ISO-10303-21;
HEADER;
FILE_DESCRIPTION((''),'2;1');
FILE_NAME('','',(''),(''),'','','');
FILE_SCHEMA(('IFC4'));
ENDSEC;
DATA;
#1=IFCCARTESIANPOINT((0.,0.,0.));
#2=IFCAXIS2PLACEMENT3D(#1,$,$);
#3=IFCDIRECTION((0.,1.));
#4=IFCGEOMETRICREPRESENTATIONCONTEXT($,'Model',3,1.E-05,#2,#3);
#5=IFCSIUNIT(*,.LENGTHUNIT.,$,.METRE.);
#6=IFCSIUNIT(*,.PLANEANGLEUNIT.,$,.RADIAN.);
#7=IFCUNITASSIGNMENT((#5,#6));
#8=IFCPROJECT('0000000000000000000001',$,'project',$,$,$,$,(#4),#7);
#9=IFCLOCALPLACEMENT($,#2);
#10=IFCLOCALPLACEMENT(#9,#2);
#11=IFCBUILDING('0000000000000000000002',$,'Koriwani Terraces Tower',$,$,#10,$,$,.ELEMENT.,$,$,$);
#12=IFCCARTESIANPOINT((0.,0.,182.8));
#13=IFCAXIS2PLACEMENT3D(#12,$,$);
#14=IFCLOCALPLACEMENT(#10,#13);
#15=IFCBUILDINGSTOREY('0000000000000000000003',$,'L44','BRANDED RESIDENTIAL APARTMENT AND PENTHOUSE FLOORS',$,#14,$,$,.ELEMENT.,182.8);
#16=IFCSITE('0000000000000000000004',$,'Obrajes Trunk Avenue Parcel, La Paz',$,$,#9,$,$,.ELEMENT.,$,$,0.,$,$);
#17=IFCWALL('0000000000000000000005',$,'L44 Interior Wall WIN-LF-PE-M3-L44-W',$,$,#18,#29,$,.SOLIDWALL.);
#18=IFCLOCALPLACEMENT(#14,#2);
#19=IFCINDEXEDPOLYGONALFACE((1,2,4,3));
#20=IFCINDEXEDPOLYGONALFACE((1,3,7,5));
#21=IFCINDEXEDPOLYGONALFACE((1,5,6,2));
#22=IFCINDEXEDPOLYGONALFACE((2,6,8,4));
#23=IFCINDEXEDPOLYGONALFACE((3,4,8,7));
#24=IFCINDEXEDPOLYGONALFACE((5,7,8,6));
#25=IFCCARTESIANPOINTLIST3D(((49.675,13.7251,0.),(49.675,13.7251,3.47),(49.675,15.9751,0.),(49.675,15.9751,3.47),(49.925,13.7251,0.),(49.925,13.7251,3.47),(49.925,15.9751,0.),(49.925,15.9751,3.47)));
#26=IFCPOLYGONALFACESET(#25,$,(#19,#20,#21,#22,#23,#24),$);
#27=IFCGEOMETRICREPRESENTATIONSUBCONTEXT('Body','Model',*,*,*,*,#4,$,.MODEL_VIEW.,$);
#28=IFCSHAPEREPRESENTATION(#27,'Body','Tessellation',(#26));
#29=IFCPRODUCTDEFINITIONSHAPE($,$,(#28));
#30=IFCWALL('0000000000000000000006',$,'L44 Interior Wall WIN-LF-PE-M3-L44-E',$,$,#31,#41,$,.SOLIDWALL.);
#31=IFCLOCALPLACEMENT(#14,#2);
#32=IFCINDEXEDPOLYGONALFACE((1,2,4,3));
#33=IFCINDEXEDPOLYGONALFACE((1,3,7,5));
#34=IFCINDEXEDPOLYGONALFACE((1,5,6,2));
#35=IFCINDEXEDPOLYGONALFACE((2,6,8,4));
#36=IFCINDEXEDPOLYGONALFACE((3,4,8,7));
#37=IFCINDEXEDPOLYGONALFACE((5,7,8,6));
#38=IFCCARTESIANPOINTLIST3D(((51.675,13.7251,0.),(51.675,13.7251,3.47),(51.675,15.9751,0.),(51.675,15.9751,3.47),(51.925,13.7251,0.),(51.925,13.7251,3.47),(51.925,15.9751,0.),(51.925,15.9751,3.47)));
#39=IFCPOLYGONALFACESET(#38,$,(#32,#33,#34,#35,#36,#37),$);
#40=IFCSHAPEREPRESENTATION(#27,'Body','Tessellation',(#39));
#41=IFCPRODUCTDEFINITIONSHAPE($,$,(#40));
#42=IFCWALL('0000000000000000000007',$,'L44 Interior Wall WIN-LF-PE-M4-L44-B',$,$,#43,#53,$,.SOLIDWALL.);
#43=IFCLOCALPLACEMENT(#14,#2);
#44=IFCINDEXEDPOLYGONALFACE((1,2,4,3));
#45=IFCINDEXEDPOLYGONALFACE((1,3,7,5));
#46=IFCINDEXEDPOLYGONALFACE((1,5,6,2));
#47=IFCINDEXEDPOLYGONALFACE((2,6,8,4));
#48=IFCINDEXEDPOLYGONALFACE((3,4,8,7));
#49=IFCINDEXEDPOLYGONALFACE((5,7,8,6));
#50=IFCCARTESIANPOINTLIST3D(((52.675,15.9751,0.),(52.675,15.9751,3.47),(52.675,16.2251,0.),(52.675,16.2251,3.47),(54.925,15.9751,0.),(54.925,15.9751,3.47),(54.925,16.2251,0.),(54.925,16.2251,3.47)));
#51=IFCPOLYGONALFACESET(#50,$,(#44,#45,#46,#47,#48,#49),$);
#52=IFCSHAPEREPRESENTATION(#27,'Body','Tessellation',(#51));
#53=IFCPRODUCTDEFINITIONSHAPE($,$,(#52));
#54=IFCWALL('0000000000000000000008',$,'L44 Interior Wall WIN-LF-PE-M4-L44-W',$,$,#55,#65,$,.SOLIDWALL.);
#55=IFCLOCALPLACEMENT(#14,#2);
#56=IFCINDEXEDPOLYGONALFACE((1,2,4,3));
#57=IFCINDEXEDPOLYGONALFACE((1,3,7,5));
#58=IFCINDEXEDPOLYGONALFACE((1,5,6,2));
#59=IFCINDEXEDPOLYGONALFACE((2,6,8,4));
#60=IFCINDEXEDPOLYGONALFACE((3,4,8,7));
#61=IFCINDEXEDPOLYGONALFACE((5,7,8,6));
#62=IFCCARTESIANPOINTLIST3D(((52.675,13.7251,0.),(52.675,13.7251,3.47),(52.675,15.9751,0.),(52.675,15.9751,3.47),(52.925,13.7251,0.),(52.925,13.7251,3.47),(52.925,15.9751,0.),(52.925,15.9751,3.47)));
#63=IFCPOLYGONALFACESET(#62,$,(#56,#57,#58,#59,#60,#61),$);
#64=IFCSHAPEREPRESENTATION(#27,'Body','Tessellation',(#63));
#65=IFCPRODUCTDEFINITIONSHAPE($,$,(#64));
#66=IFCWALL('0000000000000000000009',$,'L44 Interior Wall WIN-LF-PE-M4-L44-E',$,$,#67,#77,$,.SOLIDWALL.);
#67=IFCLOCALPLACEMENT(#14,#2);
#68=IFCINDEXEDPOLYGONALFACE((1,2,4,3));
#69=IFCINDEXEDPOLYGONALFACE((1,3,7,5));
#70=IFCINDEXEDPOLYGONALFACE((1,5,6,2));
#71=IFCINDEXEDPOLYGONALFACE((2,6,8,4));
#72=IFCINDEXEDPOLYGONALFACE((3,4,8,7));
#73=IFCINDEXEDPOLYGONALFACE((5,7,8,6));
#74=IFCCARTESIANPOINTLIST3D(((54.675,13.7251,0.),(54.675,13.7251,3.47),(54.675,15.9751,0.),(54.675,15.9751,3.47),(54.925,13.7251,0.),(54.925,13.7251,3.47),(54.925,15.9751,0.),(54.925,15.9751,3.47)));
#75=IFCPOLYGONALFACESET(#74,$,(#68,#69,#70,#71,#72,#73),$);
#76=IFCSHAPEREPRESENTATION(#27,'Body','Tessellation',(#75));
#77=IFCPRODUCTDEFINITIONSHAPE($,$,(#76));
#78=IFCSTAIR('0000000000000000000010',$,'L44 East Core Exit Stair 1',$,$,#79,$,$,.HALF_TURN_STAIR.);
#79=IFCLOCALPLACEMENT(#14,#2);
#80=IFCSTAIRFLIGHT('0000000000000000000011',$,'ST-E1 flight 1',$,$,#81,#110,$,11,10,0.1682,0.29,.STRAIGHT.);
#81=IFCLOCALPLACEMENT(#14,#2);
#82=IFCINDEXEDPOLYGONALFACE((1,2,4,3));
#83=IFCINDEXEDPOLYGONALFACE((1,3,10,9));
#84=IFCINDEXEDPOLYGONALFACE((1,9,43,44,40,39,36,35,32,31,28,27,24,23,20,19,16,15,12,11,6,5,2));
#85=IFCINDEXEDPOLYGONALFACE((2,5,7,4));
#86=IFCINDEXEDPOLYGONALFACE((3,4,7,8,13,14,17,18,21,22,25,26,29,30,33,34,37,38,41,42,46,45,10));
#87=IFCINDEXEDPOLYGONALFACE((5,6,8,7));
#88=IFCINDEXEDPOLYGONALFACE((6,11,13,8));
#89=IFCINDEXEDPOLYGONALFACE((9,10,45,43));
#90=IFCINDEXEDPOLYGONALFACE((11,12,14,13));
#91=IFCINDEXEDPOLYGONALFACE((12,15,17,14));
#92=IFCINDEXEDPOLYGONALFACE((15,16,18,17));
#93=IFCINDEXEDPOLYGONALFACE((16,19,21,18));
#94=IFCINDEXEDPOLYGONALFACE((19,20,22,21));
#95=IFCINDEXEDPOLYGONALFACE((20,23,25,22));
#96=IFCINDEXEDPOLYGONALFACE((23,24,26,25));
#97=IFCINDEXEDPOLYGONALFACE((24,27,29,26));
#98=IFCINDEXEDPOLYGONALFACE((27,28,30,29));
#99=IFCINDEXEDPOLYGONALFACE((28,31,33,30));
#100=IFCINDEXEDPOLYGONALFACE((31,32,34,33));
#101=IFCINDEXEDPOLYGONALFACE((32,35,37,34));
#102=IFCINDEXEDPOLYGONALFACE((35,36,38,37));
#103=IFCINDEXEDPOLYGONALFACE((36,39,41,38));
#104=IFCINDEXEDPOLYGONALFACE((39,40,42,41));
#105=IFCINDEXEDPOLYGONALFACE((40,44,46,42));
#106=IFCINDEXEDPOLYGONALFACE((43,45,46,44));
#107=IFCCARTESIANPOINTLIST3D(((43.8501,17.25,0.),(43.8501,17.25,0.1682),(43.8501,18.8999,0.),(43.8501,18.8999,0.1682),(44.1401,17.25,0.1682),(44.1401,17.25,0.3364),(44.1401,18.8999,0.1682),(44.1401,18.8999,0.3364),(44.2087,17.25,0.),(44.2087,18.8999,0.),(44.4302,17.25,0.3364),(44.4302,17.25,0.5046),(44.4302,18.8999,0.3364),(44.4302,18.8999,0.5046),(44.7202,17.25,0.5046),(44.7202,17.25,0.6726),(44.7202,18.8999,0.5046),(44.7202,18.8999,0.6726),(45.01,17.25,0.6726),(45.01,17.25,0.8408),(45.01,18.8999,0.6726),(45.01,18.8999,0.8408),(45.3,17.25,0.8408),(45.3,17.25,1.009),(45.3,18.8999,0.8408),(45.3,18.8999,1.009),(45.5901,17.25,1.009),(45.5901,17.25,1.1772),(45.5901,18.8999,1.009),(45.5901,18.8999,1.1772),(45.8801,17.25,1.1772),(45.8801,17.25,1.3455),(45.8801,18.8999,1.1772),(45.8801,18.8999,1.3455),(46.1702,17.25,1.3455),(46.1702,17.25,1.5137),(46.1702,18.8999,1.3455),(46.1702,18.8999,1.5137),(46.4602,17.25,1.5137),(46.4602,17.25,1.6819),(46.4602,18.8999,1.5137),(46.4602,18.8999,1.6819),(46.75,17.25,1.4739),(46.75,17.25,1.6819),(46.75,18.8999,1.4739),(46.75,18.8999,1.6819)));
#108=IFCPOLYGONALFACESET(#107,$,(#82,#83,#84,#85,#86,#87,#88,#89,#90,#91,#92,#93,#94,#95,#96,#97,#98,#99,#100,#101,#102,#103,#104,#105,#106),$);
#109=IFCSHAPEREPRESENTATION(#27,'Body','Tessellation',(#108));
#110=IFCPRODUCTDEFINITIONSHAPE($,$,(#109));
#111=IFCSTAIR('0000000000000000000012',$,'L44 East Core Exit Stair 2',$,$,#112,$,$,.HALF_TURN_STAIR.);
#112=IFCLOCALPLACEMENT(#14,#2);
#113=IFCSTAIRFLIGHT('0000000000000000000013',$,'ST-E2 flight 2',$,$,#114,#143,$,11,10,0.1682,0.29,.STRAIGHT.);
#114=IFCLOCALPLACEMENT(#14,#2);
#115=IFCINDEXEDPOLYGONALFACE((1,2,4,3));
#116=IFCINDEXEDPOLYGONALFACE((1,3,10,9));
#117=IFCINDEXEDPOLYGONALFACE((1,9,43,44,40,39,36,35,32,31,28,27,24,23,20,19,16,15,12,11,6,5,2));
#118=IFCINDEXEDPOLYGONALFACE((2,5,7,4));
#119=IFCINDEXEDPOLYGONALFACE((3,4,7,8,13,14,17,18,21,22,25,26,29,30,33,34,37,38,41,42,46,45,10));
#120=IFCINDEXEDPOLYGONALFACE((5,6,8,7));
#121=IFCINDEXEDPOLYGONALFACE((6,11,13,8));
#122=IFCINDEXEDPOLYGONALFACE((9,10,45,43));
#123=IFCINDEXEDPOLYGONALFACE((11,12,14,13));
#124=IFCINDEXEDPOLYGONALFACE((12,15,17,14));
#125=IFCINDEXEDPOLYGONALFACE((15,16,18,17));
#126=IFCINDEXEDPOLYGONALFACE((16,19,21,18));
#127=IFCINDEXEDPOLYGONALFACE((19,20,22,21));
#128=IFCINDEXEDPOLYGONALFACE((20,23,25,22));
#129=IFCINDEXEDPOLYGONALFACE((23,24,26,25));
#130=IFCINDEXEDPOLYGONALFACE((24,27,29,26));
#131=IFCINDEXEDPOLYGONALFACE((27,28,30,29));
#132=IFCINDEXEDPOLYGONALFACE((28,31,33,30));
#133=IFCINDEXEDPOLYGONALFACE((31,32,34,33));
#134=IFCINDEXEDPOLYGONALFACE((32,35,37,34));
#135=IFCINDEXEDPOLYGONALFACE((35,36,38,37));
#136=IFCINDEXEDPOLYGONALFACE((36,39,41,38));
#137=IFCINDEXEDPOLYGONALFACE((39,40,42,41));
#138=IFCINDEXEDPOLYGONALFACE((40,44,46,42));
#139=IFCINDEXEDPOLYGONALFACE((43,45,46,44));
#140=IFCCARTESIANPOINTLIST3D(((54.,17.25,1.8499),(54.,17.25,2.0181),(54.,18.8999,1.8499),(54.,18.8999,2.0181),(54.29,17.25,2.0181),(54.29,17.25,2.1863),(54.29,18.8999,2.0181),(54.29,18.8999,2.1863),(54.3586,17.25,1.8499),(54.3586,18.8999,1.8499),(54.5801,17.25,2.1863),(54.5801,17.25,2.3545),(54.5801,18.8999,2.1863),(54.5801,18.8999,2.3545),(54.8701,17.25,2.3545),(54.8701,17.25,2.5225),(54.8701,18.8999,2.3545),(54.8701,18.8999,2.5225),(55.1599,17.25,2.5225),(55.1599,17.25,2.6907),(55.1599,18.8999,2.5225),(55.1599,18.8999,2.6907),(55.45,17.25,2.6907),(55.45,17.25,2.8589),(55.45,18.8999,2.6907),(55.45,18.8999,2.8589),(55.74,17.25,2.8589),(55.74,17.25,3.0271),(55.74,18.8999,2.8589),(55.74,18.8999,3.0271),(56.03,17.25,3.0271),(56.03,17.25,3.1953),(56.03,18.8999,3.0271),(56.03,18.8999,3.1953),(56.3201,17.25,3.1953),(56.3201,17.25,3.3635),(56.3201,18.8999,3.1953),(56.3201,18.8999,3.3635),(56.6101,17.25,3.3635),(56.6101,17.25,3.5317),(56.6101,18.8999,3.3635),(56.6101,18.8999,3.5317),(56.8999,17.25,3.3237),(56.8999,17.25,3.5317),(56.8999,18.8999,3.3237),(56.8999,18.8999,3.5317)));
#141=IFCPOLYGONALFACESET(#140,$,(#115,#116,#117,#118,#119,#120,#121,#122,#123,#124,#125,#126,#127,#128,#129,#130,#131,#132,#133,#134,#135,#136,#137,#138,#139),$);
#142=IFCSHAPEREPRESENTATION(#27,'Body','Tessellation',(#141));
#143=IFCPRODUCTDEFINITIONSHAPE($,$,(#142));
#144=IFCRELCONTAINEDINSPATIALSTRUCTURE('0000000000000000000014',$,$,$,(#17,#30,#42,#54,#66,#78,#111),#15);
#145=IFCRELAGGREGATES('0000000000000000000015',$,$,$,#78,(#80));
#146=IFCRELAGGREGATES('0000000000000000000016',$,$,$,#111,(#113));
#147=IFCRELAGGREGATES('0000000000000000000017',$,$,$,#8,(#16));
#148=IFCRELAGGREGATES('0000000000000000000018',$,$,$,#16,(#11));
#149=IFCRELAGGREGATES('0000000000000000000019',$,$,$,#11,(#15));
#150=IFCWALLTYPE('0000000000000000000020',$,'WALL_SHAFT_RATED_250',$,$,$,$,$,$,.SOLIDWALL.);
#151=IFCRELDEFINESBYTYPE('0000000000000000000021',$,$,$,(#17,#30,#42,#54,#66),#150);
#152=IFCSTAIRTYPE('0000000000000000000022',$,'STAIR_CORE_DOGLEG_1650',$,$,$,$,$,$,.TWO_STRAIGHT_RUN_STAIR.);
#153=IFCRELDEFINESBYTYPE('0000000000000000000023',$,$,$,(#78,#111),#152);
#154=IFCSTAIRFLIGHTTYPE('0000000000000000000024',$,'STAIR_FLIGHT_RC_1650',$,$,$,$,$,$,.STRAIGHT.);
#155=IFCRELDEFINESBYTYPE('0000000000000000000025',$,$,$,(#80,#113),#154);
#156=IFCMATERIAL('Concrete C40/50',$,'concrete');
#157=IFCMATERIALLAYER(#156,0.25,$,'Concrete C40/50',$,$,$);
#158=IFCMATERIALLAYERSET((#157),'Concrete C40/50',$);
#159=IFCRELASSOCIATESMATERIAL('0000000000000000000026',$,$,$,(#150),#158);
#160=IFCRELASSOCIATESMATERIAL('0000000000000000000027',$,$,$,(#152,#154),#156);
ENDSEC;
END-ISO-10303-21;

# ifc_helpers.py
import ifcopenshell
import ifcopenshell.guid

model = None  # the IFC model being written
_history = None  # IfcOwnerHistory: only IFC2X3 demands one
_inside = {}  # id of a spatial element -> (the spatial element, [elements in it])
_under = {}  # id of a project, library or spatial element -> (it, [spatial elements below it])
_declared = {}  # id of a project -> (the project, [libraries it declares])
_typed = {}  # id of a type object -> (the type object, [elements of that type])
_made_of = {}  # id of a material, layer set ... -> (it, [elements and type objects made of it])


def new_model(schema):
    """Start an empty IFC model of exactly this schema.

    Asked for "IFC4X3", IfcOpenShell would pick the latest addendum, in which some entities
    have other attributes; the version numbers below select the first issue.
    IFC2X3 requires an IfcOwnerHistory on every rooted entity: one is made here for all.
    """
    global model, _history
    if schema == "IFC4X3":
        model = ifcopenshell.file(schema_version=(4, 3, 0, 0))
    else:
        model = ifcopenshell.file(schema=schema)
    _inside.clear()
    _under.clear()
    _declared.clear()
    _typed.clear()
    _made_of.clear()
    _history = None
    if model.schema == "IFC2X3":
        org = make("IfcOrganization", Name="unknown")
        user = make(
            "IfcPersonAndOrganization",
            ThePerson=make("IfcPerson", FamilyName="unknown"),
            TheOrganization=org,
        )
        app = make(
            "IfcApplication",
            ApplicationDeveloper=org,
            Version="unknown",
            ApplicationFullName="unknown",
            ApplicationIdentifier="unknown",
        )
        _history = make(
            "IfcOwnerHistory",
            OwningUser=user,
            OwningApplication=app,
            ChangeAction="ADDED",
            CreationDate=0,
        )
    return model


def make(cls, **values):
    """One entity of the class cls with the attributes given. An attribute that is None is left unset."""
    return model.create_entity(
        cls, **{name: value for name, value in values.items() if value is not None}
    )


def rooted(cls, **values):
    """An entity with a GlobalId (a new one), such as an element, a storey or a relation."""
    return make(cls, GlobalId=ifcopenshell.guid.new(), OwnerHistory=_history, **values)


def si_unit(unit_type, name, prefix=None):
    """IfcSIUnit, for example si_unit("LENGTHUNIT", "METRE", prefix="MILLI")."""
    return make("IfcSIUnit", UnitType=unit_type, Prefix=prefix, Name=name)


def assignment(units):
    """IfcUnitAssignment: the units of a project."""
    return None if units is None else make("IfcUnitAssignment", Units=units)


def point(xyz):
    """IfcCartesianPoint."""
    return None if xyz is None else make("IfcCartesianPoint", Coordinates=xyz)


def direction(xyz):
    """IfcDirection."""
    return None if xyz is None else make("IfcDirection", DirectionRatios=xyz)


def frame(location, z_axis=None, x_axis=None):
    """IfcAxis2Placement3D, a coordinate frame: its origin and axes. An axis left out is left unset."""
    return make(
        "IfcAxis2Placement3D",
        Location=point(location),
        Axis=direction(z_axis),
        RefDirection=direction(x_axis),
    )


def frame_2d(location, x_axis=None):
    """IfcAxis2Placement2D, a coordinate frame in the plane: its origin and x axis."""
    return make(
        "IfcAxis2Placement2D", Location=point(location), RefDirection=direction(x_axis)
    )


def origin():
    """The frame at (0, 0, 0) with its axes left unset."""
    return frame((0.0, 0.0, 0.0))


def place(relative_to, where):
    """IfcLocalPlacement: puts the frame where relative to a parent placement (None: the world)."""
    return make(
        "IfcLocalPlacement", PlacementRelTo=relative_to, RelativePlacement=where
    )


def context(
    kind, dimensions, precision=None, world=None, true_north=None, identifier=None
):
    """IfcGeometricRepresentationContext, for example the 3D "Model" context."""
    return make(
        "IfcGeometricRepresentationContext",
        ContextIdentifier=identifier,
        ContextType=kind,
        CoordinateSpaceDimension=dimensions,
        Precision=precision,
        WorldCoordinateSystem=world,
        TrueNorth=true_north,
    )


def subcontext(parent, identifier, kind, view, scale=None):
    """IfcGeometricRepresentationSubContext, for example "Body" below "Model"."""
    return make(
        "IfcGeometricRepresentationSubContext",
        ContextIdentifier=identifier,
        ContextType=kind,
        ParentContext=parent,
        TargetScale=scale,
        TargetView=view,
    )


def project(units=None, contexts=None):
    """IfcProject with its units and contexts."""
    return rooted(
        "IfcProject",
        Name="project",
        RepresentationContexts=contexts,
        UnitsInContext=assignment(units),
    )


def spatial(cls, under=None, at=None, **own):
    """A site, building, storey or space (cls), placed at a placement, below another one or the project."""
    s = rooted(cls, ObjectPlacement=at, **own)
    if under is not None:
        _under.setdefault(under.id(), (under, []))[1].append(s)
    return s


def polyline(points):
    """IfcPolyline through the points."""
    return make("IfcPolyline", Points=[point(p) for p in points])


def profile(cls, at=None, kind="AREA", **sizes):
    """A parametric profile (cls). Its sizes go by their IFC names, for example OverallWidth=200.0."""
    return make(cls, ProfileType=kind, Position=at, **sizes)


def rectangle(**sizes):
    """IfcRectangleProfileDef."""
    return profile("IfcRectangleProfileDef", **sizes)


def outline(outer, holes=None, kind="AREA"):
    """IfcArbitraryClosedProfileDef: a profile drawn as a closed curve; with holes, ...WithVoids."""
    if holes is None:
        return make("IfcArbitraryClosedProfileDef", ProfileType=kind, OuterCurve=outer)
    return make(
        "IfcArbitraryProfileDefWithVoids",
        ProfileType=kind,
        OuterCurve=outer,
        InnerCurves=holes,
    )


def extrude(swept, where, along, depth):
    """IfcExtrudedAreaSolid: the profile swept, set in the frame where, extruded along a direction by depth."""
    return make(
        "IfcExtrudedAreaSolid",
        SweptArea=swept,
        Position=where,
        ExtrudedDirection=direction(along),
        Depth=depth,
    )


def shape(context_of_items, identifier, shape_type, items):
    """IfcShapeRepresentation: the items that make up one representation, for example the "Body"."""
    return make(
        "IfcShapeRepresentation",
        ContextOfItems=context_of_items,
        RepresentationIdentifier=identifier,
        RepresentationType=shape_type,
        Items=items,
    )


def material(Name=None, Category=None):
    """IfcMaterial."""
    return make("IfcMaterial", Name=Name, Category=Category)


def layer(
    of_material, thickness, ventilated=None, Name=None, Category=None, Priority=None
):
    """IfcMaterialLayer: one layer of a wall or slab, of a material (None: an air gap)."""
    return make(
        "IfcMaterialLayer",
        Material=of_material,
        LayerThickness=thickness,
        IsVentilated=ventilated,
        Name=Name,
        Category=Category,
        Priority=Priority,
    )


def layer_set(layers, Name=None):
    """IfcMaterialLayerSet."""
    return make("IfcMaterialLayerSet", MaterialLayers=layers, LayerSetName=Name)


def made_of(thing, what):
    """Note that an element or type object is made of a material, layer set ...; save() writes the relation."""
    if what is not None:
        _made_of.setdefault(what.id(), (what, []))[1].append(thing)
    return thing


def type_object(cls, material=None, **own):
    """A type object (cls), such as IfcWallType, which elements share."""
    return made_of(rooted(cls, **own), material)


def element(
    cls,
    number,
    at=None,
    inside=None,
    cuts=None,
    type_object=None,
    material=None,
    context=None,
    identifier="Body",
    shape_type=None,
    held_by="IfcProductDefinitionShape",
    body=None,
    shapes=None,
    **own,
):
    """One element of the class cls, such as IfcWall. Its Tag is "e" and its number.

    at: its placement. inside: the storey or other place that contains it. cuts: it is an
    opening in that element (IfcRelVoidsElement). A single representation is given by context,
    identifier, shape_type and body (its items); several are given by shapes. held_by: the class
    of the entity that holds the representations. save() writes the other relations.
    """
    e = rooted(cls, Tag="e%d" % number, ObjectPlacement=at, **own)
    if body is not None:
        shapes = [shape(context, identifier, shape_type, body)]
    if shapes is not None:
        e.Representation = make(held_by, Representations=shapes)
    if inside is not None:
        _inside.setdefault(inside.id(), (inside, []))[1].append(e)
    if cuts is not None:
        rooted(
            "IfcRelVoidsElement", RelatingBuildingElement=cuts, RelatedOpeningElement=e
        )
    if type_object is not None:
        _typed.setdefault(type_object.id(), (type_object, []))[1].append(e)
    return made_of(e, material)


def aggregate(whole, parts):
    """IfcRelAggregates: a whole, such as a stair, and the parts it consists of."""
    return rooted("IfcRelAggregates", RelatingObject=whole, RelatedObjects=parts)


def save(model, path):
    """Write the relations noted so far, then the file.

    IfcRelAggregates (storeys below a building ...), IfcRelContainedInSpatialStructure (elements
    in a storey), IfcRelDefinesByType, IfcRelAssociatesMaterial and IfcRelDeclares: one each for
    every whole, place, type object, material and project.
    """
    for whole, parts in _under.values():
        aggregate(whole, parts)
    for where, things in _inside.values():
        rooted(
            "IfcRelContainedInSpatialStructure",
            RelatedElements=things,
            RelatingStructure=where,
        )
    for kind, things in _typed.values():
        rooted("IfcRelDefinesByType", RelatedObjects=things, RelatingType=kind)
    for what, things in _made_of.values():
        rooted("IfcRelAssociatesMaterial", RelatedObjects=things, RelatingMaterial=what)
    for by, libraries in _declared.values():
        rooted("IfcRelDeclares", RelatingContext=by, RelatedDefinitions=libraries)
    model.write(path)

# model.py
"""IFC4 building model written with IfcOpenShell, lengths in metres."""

from ifc_helpers import new_model, si_unit, direction, frame, frame_2d, origin, place, context, subcontext, project, spatial, polyline, rectangle, outline, extrude, material, layer, layer_set, type_object, element, aggregate, save


model = new_model("IFC4")

# Units and contexts
model_context = context("Model", 3, precision=1e-05, world=origin(), true_north=direction((0.0, 1.0)))
body_context = subcontext(model_context, "Body", "Model", "MODEL_VIEW")
ifc_project = project(units=[si_unit("LENGTHUNIT", "METRE"), si_unit("PLANEANGLEUNIT", "RADIAN")], contexts=[model_context])

# Site, building, storey
site_placement = place(None, origin())
site = spatial("IfcSite", under=ifc_project, at=site_placement, Name="Obrajes Trunk Avenue Parcel, La Paz", CompositionType="ELEMENT", RefElevation=0.0)
building_placement = place(site_placement, origin())
building = spatial("IfcBuilding", under=site, at=building_placement, Name="Koriwani Terraces Tower", CompositionType="ELEMENT")
storey_placement = place(building_placement, frame((0.0, 0.0, 182.8)))
storey = spatial("IfcBuildingStorey", under=building, at=storey_placement, Name="L44", Description="BRANDED RESIDENTIAL APARTMENT AND PENTHOUSE FLOORS", CompositionType="ELEMENT", Elevation=182.8)

# Shared definitions
ifc_material_1 = material(Name="Concrete C40/50", Category="concrete")

# Shared definitions
ifc_layer_1 = layer(ifc_material_1, 0.25, Name="Concrete C40/50")
ifc_layer_set_1 = layer_set([ifc_layer_1], Name="Concrete C40/50")
wall_type_1 = type_object("IfcWallType", Name="WALL_SHAFT_RATED_250", PredefinedType="SOLIDWALL", material=ifc_layer_set_1)

# Walls
for number, where, z_axis, x_axis, name in (
    (1, (49.8, 13.7251, 0.0), (0.0, 0.0, 1.0), (0.0, 1.0, 0.0), "L44 Interior Wall WIN-LF-PE-M3-L44-W"),
    (2, (51.8, 13.7251, 0.0), (0.0, 0.0, 1.0), (0.0, 1.0, 0.0), "L44 Interior Wall WIN-LF-PE-M3-L44-E"),
):
    element("IfcWall", number, at=place(storey_placement, frame(where, z_axis=z_axis, x_axis=x_axis)), inside=storey, type_object=wall_type_1, Name=name, PredefinedType="SOLIDWALL", context=body_context, shape_type="SweptSolid", body=[
        extrude(rectangle(XDim=2.25, YDim=0.25, at=frame_2d((1.125, 0.0))), origin(), (0.0, 0.0, 1.0), 3.47),
    ])

# Walls
for number, where, z_axis, x_axis, name in (
    (3, (52.675, 16.1001, 0.0), (0.0, 0.0, 1.0), (1.0, 0.0, 0.0), "L44 Interior Wall WIN-LF-PE-M4-L44-B"),
    (4, (52.8, 13.7251, 0.0), (0.0, 0.0, 1.0), (0.0, 1.0, 0.0), "L44 Interior Wall WIN-LF-PE-M4-L44-W"),
    (5, (54.8, 13.7251, 0.0), (0.0, 0.0, 1.0), (0.0, 1.0, 0.0), "L44 Interior Wall WIN-LF-PE-M4-L44-E"),
):
    element("IfcWall", number, at=place(storey_placement, frame(where, z_axis=z_axis, x_axis=x_axis)), inside=storey, type_object=wall_type_1, Name=name, PredefinedType="SOLIDWALL", context=body_context, shape_type="SweptSolid", body=[
        extrude(rectangle(XDim=2.25, YDim=0.25, at=frame_2d((1.125, 0.0))), origin(), (0.0, 0.0, 1.0), 3.47),
    ])

# Stairs, stair flights
stair_type = type_object("IfcStairType", Name="STAIR_CORE_DOGLEG_1650", PredefinedType="TWO_STRAIGHT_RUN_STAIR", material=ifc_material_1)
stair_1_placement = place(storey_placement, origin())
stair_1 = element("IfcStair", 6, at=stair_1_placement, inside=storey, type_object=stair_type, Name="L44 East Core Exit Stair 1", PredefinedType="HALF_TURN_STAIR")
stair_flight_type = type_object("IfcStairFlightType", Name="STAIR_FLIGHT_RC_1650", PredefinedType="STRAIGHT", material=ifc_material_1)
stair_flight_1_placement = place(storey_placement, frame((43.8501, 18.075, 0.0), z_axis=(0.0, 0.0, 1.0), x_axis=(1.0, 0.0, 0.0)))
stair_flight_1 = element("IfcStairFlight", 7, at=stair_flight_1_placement, type_object=stair_flight_type, Name="ST-E1 flight 1", NumberOfRisers=11, NumberOfTreads=10, PredefinedType="STRAIGHT", RiserHeight=0.1682, TreadLength=0.29, context=body_context, shape_type="SweptSolid", body=[
    extrude(outline(polyline([(0.0, 0.0), (0.0, 0.1682), (0.29, 0.1682), (0.29, 0.3364), (0.5801, 0.3364), (0.5801, 0.5046), (0.8701, 0.5046), (0.8701, 0.6726), (1.1599, 0.6726), (1.1599, 0.8408), (1.45, 0.8408), (1.45, 1.009), (1.74, 1.009), (1.74, 1.1772), (2.03, 1.1772), (2.03, 1.3455), (2.3201, 1.3455), (2.3201, 1.5137), (2.6101, 1.5137), (2.6101, 1.6819), (2.8999, 1.6819), (2.8999, 1.8501), (2.8999, 1.4739), (0.3586, 0.0), (0.0, 0.0)])), frame((0.0, 0.825, 0.0), z_axis=(0.0, -1.0, 0.0), x_axis=(1.0, 0.0, 0.0)), (0.0, 0.0, 1.0), 1.6499),
])
aggregate(stair_1, [stair_flight_1])
stair_2_placement = place(storey_placement, origin())
stair_2 = element("IfcStair", 8, at=stair_2_placement, inside=storey, type_object=stair_type, Name="L44 East Core Exit Stair 2", PredefinedType="HALF_TURN_STAIR")
stair_flight_2_placement = place(storey_placement, frame((54.0, 18.075, 1.8499), z_axis=(0.0, 0.0, 1.0), x_axis=(1.0, 0.0, 0.0)))
stair_flight_2 = element("IfcStairFlight", 9, at=stair_flight_2_placement, type_object=stair_flight_type, Name="ST-E2 flight 2", NumberOfRisers=11, NumberOfTreads=10, PredefinedType="STRAIGHT", RiserHeight=0.1682, TreadLength=0.29, context=body_context, shape_type="SweptSolid", body=[
    extrude(outline(polyline([(0.0, 0.0), (0.0, 0.1682), (0.29, 0.1682), (0.29, 0.3364), (0.5801, 0.3364), (0.5801, 0.5046), (0.8701, 0.5046), (0.8701, 0.6726), (1.1599, 0.6726), (1.1599, 0.8408), (1.45, 0.8408), (1.45, 1.009), (1.74, 1.009), (1.74, 1.1772), (2.03, 1.1772), (2.03, 1.3455), (2.3201, 1.3455), (2.3201, 1.5137), (2.6101, 1.5137), (2.6101, 1.6819), (2.8999, 1.6819), (2.8999, 1.8501), (2.8999, 1.4739), (0.3586, 0.0), (0.0, 0.0)])), frame((0.0, 0.825, 0.0), z_axis=(0.0, -1.0, 0.0), x_axis=(1.0, 0.0, 0.0)), (0.0, 0.0, 1.0), 1.6499),
])
aggregate(stair_2, [stair_flight_2])

save(model, "model.ifc")
